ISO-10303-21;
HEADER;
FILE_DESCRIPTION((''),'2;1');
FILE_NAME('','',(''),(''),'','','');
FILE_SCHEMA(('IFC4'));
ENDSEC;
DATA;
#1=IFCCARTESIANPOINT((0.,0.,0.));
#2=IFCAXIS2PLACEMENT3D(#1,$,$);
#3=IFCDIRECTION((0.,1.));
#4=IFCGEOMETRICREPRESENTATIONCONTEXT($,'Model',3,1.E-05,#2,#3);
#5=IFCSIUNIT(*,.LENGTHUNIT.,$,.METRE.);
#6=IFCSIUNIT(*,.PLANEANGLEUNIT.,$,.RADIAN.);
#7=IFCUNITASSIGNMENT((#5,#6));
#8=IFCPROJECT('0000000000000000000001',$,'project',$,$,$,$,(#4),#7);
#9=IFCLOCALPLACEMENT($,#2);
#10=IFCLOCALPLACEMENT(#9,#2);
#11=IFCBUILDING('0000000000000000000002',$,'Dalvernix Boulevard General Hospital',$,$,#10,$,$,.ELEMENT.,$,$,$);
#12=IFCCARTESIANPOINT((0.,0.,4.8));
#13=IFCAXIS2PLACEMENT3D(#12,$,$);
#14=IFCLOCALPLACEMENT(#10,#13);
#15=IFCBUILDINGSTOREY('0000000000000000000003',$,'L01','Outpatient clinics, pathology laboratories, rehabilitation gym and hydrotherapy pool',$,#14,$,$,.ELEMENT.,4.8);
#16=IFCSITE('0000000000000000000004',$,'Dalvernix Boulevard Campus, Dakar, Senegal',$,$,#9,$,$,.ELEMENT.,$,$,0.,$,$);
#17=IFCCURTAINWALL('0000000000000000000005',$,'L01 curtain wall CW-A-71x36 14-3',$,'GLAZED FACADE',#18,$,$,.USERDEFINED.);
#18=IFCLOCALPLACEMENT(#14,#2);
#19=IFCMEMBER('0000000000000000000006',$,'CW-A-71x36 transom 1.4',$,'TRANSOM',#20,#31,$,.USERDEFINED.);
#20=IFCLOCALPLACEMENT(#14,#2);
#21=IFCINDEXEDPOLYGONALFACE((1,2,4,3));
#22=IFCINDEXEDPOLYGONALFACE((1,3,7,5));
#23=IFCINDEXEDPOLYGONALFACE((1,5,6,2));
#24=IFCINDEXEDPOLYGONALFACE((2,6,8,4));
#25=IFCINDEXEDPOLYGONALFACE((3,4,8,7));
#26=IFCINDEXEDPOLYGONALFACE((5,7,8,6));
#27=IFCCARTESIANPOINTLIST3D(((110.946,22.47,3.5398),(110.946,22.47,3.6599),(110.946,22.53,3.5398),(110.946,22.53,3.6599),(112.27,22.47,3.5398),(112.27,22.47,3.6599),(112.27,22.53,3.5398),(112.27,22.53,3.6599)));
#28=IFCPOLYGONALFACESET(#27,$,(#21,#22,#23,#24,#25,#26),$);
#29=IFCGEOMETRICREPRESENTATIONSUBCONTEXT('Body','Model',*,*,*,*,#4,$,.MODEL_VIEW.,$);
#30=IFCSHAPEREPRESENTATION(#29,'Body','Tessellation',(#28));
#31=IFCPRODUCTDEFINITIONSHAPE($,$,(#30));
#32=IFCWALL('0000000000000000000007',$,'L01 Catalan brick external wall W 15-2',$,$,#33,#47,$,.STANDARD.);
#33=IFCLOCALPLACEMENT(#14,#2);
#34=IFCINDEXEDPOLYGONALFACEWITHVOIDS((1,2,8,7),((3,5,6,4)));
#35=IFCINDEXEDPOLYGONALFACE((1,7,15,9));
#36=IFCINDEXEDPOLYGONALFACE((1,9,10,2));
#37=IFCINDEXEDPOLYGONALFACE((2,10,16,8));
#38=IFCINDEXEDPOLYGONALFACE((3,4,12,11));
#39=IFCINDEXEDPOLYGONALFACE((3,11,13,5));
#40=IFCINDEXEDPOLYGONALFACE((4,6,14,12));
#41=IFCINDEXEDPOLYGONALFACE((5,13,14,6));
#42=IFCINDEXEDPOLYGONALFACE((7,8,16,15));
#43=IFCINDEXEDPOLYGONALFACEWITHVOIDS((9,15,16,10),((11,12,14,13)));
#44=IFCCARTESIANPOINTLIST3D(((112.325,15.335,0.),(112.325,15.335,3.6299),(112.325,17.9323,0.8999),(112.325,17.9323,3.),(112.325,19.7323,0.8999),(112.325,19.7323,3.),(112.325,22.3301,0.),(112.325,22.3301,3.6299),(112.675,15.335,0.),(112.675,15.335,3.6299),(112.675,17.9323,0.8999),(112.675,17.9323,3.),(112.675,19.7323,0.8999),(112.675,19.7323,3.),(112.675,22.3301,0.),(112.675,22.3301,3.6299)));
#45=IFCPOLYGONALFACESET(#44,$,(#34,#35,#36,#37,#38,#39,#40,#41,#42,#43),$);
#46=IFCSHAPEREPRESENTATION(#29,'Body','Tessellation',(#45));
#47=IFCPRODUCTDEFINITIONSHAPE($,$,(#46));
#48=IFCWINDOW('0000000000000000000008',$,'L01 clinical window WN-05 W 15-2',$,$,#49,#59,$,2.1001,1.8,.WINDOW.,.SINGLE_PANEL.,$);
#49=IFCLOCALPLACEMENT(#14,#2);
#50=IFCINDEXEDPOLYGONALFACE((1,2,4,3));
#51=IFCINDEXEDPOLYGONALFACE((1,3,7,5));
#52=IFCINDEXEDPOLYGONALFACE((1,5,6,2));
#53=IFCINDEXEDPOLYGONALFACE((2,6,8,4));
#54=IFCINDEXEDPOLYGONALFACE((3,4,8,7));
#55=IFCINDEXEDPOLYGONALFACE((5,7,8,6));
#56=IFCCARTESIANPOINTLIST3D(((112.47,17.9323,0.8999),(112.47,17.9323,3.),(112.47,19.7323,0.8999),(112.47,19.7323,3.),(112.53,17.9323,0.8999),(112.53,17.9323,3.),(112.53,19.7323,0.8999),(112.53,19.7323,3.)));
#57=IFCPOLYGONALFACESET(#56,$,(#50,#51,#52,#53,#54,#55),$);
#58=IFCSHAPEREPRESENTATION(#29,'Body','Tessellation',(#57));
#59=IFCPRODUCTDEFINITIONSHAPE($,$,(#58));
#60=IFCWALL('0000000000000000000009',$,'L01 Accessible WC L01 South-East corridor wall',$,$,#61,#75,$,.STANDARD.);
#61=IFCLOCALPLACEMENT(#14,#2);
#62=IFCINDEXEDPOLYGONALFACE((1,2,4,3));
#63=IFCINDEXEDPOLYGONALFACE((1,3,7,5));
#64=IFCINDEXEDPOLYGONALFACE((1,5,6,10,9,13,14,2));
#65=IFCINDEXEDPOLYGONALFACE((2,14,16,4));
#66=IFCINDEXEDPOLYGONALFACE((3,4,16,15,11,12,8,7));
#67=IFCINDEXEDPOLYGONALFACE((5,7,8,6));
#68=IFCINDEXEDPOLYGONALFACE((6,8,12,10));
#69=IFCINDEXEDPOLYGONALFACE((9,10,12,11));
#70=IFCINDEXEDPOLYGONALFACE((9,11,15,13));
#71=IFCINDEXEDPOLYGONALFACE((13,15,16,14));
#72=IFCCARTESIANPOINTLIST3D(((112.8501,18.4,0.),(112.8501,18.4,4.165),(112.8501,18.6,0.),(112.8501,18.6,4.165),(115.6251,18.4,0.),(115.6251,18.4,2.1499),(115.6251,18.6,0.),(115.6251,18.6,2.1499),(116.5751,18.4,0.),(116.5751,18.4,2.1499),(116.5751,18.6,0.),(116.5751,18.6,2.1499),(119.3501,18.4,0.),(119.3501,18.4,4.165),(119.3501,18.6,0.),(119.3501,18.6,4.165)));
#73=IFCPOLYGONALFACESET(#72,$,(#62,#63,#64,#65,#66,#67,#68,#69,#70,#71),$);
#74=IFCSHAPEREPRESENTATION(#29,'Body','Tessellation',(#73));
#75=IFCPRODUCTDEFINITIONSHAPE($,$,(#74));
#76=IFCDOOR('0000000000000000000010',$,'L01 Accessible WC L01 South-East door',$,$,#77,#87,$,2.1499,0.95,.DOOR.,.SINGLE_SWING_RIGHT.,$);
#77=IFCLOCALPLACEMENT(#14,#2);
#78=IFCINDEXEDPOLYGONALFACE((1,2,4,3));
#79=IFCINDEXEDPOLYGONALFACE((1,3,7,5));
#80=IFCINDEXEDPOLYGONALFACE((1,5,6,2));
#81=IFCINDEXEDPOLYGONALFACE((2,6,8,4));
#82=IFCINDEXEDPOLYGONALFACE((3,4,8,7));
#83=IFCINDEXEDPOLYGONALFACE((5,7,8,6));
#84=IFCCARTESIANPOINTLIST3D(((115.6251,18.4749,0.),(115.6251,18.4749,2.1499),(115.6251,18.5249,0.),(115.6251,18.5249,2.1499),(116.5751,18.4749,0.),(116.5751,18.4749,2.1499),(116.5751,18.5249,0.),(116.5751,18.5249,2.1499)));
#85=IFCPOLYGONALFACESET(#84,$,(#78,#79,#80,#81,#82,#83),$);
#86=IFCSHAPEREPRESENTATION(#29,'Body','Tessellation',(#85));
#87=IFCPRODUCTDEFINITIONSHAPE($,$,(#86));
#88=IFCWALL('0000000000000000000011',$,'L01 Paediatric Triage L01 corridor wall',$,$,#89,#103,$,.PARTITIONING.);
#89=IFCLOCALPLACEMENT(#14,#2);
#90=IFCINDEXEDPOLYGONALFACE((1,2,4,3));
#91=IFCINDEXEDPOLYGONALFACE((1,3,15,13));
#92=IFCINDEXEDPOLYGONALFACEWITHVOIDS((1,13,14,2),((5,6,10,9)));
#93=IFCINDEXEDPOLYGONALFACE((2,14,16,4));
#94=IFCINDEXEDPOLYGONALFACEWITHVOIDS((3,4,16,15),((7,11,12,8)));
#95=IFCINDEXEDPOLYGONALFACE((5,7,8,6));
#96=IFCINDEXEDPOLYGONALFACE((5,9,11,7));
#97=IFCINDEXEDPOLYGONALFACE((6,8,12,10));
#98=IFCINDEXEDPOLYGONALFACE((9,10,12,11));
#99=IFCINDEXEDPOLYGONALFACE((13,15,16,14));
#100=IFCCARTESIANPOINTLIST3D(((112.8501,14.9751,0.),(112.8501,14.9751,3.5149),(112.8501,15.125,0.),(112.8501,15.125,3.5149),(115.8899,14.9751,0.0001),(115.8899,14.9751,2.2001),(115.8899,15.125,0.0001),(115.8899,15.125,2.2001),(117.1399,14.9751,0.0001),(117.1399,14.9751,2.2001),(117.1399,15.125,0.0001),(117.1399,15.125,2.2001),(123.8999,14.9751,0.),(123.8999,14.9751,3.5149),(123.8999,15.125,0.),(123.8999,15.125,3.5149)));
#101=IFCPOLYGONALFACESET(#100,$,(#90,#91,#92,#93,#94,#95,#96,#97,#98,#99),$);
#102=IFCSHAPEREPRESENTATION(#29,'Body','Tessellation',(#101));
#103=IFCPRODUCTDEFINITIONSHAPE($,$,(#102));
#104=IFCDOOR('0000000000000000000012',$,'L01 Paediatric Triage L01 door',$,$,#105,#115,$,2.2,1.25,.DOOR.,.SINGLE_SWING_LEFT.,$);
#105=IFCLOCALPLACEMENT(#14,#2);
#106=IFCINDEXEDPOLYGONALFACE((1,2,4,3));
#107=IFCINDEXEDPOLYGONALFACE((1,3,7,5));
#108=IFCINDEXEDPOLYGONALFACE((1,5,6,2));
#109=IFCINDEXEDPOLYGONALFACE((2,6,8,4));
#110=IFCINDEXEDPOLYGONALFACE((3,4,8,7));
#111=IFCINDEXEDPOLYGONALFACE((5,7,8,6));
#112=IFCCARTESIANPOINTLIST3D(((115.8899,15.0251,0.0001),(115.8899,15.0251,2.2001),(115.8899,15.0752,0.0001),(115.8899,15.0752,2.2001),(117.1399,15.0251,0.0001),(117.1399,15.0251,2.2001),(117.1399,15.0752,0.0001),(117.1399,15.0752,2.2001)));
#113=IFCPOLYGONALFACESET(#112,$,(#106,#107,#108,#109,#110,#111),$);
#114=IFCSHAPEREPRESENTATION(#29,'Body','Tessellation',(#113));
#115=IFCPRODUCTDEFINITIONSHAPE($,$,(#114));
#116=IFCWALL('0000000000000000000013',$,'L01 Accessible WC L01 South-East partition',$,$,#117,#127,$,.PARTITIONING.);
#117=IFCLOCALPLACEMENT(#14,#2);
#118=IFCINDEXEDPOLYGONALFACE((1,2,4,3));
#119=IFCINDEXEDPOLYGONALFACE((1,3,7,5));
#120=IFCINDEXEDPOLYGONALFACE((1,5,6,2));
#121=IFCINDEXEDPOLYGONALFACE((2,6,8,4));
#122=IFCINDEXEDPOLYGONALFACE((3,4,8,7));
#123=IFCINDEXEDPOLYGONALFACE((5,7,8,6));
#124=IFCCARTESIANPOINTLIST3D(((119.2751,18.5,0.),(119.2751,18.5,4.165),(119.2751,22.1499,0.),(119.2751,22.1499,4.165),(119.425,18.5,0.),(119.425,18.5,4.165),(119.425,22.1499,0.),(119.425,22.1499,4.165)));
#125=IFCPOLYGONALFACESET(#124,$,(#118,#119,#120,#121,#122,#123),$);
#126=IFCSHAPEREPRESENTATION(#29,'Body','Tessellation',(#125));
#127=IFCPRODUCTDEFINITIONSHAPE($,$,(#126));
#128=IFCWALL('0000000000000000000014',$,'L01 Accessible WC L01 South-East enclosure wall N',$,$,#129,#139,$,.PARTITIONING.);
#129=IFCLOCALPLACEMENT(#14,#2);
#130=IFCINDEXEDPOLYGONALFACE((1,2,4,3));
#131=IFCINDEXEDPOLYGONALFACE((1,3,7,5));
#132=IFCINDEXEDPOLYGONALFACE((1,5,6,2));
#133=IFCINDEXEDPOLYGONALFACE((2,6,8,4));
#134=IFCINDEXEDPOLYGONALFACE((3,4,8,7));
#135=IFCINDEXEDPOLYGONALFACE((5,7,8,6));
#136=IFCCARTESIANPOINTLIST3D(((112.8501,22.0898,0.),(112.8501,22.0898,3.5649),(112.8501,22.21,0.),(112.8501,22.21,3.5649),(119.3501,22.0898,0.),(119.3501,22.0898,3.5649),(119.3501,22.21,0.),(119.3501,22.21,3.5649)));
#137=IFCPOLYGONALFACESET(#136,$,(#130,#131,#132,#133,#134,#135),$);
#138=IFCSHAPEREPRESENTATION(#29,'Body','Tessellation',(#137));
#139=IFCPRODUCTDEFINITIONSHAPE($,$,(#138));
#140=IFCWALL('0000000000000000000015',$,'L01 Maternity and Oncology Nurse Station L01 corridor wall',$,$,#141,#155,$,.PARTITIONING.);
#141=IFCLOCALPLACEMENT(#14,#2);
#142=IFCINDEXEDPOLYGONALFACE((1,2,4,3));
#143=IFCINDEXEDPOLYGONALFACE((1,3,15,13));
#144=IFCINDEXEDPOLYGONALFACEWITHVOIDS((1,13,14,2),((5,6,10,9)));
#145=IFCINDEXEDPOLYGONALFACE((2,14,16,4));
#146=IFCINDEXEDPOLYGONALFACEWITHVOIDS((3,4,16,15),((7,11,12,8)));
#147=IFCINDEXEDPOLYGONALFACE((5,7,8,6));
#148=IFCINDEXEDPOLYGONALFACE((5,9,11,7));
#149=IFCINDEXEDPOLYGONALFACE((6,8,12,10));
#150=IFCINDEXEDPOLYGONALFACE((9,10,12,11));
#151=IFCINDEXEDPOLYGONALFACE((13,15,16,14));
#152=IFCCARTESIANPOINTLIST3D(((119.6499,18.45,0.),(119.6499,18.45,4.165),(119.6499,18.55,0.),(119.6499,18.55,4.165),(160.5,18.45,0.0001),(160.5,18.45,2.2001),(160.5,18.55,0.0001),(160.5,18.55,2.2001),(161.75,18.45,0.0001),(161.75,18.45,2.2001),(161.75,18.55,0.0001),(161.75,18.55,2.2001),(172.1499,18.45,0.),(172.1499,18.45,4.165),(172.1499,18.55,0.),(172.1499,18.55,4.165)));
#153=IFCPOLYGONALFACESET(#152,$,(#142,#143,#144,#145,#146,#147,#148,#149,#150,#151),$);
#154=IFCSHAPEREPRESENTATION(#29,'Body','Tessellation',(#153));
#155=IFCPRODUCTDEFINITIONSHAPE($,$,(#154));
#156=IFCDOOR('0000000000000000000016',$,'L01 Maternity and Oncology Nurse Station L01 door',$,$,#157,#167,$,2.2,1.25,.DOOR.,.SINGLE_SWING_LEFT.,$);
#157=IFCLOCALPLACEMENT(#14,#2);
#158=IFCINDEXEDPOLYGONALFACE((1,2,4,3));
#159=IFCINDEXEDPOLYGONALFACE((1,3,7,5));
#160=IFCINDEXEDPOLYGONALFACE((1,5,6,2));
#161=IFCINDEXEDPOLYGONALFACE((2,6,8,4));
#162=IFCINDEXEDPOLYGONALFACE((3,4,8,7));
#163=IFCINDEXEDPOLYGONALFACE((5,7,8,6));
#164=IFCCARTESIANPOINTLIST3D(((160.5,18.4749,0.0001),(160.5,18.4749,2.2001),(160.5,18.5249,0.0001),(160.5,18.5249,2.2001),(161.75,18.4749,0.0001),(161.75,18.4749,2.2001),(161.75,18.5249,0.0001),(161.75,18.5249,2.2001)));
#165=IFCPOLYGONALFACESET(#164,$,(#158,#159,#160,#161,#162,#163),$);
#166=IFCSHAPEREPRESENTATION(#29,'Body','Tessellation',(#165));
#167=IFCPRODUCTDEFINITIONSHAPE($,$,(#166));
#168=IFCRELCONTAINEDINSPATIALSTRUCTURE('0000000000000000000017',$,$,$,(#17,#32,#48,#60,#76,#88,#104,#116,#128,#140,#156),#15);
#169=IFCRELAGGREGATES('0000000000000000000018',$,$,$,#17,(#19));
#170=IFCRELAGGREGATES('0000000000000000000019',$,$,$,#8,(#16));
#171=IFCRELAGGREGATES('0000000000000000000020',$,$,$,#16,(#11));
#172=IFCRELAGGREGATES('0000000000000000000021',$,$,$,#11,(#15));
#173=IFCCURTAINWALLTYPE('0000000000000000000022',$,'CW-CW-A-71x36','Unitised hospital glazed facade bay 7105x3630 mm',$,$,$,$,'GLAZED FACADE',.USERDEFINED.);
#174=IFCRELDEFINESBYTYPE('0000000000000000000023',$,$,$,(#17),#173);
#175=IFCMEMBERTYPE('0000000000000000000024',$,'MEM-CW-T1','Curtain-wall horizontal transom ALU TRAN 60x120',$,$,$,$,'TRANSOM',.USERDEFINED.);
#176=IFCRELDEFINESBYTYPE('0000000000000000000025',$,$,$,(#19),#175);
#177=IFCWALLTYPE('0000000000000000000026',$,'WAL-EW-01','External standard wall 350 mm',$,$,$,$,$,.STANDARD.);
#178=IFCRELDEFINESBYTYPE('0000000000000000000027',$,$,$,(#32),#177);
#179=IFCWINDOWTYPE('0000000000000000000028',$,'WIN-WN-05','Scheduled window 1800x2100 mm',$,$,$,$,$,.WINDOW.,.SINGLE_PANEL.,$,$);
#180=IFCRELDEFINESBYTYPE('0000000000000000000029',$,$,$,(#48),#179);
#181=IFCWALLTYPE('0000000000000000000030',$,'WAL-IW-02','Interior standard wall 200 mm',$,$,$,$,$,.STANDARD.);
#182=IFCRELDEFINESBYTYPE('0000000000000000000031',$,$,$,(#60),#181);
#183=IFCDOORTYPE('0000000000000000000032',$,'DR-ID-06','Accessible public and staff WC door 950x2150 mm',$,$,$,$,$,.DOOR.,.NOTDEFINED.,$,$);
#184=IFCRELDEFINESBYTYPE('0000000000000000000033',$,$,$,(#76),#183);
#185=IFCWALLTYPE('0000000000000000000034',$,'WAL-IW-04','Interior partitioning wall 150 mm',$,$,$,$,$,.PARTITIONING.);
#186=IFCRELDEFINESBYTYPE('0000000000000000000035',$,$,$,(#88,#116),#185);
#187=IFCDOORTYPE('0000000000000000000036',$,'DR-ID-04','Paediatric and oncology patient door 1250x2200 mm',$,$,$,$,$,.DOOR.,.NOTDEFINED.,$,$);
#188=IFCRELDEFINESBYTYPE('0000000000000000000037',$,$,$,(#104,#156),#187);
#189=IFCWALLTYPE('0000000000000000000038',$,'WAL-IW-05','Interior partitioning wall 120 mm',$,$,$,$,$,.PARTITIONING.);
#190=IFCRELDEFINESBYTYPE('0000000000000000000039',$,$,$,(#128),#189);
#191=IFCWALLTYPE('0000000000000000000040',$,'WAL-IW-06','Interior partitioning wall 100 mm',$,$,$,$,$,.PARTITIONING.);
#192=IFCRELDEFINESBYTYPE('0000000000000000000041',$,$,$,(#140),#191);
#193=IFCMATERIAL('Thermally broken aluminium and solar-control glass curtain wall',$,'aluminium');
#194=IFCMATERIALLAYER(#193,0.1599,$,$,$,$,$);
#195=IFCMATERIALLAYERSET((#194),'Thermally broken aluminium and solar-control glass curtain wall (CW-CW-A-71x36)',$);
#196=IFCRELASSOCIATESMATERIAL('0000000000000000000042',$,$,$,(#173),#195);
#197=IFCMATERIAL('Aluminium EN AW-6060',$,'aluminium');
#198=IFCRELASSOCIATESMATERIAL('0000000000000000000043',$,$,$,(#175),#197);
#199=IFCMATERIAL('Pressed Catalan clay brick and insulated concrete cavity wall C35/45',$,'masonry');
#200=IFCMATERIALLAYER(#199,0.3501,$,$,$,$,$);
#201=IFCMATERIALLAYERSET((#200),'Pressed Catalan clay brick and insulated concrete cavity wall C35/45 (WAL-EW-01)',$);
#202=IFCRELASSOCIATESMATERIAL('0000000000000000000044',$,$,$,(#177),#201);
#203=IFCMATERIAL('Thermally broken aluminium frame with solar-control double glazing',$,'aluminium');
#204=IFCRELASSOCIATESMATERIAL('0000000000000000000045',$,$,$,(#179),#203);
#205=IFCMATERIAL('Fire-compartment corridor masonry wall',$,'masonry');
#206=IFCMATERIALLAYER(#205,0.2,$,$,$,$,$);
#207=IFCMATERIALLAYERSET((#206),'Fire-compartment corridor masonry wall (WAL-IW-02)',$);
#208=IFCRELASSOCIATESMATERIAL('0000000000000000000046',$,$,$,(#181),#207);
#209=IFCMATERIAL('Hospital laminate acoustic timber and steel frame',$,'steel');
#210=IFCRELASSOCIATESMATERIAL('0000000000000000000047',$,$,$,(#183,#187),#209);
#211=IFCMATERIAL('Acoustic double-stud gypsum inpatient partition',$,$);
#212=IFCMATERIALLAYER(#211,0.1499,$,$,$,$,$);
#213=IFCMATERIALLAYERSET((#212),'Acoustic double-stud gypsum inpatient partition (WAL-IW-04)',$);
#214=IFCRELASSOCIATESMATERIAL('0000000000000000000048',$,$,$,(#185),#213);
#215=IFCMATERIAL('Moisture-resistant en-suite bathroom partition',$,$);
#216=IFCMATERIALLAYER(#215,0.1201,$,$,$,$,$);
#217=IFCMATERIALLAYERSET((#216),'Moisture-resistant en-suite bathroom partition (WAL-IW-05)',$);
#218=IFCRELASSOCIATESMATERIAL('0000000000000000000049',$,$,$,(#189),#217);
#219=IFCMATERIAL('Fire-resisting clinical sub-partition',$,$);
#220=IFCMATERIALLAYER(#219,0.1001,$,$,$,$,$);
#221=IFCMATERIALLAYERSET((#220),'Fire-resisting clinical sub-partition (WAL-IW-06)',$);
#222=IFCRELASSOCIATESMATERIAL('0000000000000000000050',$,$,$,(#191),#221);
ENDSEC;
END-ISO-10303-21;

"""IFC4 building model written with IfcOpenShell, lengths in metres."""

from ifc_helpers import new_model, si_unit, direction, frame, frame_2d, origin, origin_2d, place, context, subcontext, project, spatial, rectangle, extrude, material, layer, layer_set, material_profile, profile_set, type_object, element, fill, aggregate, save


model = new_model("IFC4")

# Units and contexts
model_context = context("Model", 3, precision=1e-05, world=origin(), true_north=direction((0.0, 1.0)))
body_context = subcontext(model_context, "Body", "Model", "MODEL_VIEW")
ifc_project = project(units=[si_unit("LENGTHUNIT", "METRE"), si_unit("PLANEANGLEUNIT", "RADIAN")], contexts=[model_context])

# Site, building, storey
site_placement = place(None, origin())
site = spatial("IfcSite", under=ifc_project, at=site_placement, Name="Dalvernix Boulevard Campus, Dakar, Senegal", CompositionType="ELEMENT", RefElevation=0.0)
building_placement = place(site_placement, origin())
building = spatial("IfcBuilding", under=site, at=building_placement, Name="Dalvernix Boulevard General Hospital", CompositionType="ELEMENT")
storey_placement = place(building_placement, frame((0.0, 0.0, 4.8)))
storey = spatial("IfcBuildingStorey", under=building, at=storey_placement, Name="L01", Description="Outpatient clinics, pathology laboratories, rehabilitation gym and hydrotherapy pool", CompositionType="ELEMENT", Elevation=4.8)

# Curtain wall, member
ifc_material_1 = material(Name="Thermally broken aluminium and solar-control glass curtain wall", Category="aluminium")
ifc_layer_1 = layer(ifc_material_1, 0.1599)
ifc_layer_set_1 = layer_set([ifc_layer_1], Name="Thermally broken aluminium and solar-control glass curtain wall (CW-CW-A-71x36)")
curtain_wall_type = type_object("IfcCurtainWallType", Name="CW-CW-A-71x36", Description="Unitised hospital glazed facade bay 7105x3630 mm", ElementType="GLAZED FACADE", PredefinedType="USERDEFINED", material=ifc_layer_set_1)
curtain_wall_placement = place(storey_placement, origin())
curtain_wall = element("IfcCurtainWall", 1, at=curtain_wall_placement, inside=storey, type_object=curtain_wall_type, Name="L01 curtain wall CW-A-71x36 14-3", ObjectType="GLAZED FACADE", PredefinedType="USERDEFINED")
ifc_material_2 = material(Name="Aluminium EN AW-6060", Category="aluminium")
ifc_material_profile_1 = material_profile(ifc_material_2, rectangle(XDim=0.0601, YDim=0.1201, at=origin_2d()), Name="ALU TRAN 60x120")
ifc_profile_set_1 = profile_set([ifc_material_profile_1], Name="Aluminium EN AW-6060")
member_type_1 = type_object("IfcMemberType", Name="MEM-CW-T1", Description="Curtain-wall horizontal transom ALU TRAN 60x120", ElementType="TRANSOM", PredefinedType="USERDEFINED", material=ifc_profile_set_1)
member_1_placement = place(storey_placement, frame((112.27, 22.5, 3.5999), z_axis=(-1.0, 0.0, 0.0), x_axis=(0.0, -1.0, 0.0)))
member_1 = element("IfcMember", 2, at=member_1_placement, type_object=member_type_1, Name="CW-A-71x36 transom 1.4", ObjectType="TRANSOM", PredefinedType="USERDEFINED", context=body_context, shape_type="SweptSolid", body=[
    extrude(rectangle(XDim=0.0601, YDim=0.1201, at=origin_2d()), origin(), (0.0, 0.0, 1.0), 1.324),
])
aggregate(curtain_wall, [member_1])

# Wall, opening, window
ifc_material_3 = material(Name="Pressed Catalan clay brick and insulated concrete cavity wall C35/45", Category="masonry")
ifc_layer_2 = layer(ifc_material_3, 0.3501)
ifc_layer_set_2 = layer_set([ifc_layer_2], Name="Pressed Catalan clay brick and insulated concrete cavity wall C35/45 (WAL-EW-01)")
wall_type_1 = type_object("IfcWallType", Name="WAL-EW-01", Description="External standard wall 350 mm", PredefinedType="STANDARD", material=ifc_layer_set_2)
wall_1_placement = place(storey_placement, frame((112.5, 15.335, 0.0), z_axis=(0.0, 0.0, 1.0), x_axis=(0.0, 1.0, 0.0)))
wall_1 = element("IfcWall", 3, at=wall_1_placement, inside=storey, type_object=wall_type_1, Name="L01 Catalan brick external wall W 15-2", PredefinedType="STANDARD", context=body_context, shape_type="SweptSolid", body=[
    extrude(rectangle(XDim=6.9951, YDim=0.3501, at=frame_2d((3.4976, 0.0))), origin(), (0.0, 0.0, 1.0), 3.6299),
])
opening_1_placement = place(wall_1_placement, frame((2.5974, 0.0, 0.8999)))
opening_1 = element("IfcOpeningElement", 4, at=opening_1_placement, cuts=wall_1, PredefinedType="OPENING", context=body_context, shape_type="SweptSolid", body=[
    extrude(rectangle(XDim=1.8, YDim=2.1001, at=frame_2d((0.8999, 1.05))), frame((0.0, 0.1851, 0.0), z_axis=(0.0, -1.0, 0.0), x_axis=(1.0, 0.0, 0.0)), (0.0, 0.0, 1.0), 0.3701),
])
ifc_material_4 = material(Name="Thermally broken aluminium frame with solar-control double glazing", Category="aluminium")
window_type = type_object("IfcWindowType", Name="WIN-WN-05", Description="Scheduled window 1800x2100 mm", PartitioningType="SINGLE_PANEL", PredefinedType="WINDOW", material=ifc_material_4)
window_placement = place(opening_1_placement, origin())
window = element("IfcWindow", 5, at=window_placement, inside=storey, type_object=window_type, Name="L01 clinical window WN-05 W 15-2", OverallHeight=2.1001, OverallWidth=1.8, PartitioningType="SINGLE_PANEL", PredefinedType="WINDOW", context=body_context, shape_type="SweptSolid", body=[
    extrude(rectangle(XDim=1.8, YDim=2.1001, at=frame_2d((0.8999, 1.05))), frame((0.0, 0.03, 0.0), z_axis=(0.0, -1.0, 0.0), x_axis=(1.0, 0.0, 0.0)), (0.0, 0.0, 1.0), 0.0601),
])
fill(opening_1, window)

# Walls, openings, doors
ifc_material_5 = material(Name="Fire-compartment corridor masonry wall", Category="masonry")
ifc_layer_3 = layer(ifc_material_5, 0.2)
ifc_layer_set_3 = layer_set([ifc_layer_3], Name="Fire-compartment corridor masonry wall (WAL-IW-02)")
wall_type_2 = type_object("IfcWallType", Name="WAL-IW-02", Description="Interior standard wall 200 mm", PredefinedType="STANDARD", material=ifc_layer_set_3)
wall_2_placement = place(storey_placement, frame((112.8501, 18.5, 0.0), z_axis=(0.0, 0.0, 1.0), x_axis=(1.0, 0.0, 0.0)))
wall_2 = element("IfcWall", 6, at=wall_2_placement, inside=storey, type_object=wall_type_2, Name="L01 Accessible WC L01 South-East corridor wall", PredefinedType="STANDARD", context=body_context, shape_type="SweptSolid", body=[
    extrude(rectangle(XDim=6.5, YDim=0.2, at=frame_2d((3.25, 0.0))), origin(), (0.0, 0.0, 1.0), 4.165),
])
opening_2_placement = place(wall_2_placement, frame((2.7749, 0.0, 0.0)))
opening_2 = element("IfcOpeningElement", 7, at=opening_2_placement, cuts=wall_2, PredefinedType="OPENING", context=body_context, shape_type="SweptSolid", body=[
    extrude(rectangle(XDim=0.95, YDim=2.1499, at=frame_2d((0.4751, 1.075))), frame((0.0, 0.1099, 0.0), z_axis=(0.0, -1.0, 0.0), x_axis=(1.0, 0.0, 0.0)), (0.0, 0.0, 1.0), 0.22),
])
ifc_material_6 = material(Name="Hospital laminate acoustic timber and steel frame", Category="steel")
door_type_1 = type_object("IfcDoorType", Name="DR-ID-06", Description="Accessible public and staff WC door 950x2150 mm", OperationType="NOTDEFINED", PredefinedType="DOOR", material=ifc_material_6)
door_1_placement = place(opening_2_placement, origin())
door_1 = element("IfcDoor", 8, at=door_1_placement, inside=storey, type_object=door_type_1, Name="L01 Accessible WC L01 South-East door", OperationType="SINGLE_SWING_RIGHT", OverallHeight=2.1499, OverallWidth=0.95, PredefinedType="DOOR", context=body_context, shape_type="SweptSolid", body=[
    extrude(rectangle(XDim=0.95, YDim=2.1499, at=frame_2d((0.4751, 1.075))), frame((0.0, 0.0249, 0.0), z_axis=(0.0, -1.0, 0.0), x_axis=(1.0, 0.0, 0.0)), (0.0, 0.0, 1.0), 0.05),
])
fill(opening_2, door_1)
ifc_material_7 = material(Name="Acoustic double-stud gypsum inpatient partition")
ifc_layer_4 = layer(ifc_material_7, 0.1499)
ifc_layer_set_4 = layer_set([ifc_layer_4], Name="Acoustic double-stud gypsum inpatient partition (WAL-IW-04)")
wall_type_3 = type_object("IfcWallType", Name="WAL-IW-04", Description="Interior partitioning wall 150 mm", PredefinedType="PARTITIONING", material=ifc_layer_set_4)
wall_3_placement = place(storey_placement, frame((123.8999, 15.05, 0.0), z_axis=(0.0, 0.0, 1.0), x_axis=(-1.0, 0.0, 0.0)))
wall_3 = element("IfcWall", 9, at=wall_3_placement, inside=storey, type_object=wall_type_3, Name="L01 Paediatric Triage L01 corridor wall", PredefinedType="PARTITIONING", context=body_context, shape_type="SweptSolid", body=[
    extrude(rectangle(XDim=11.0498, YDim=0.1499, at=frame_2d((5.5249, 0.0))), origin(), (0.0, 0.0, 1.0), 3.5149),
])
opening_3_placement = place(wall_3_placement, frame((6.76, 0.0, 0.0)))
opening_3 = element("IfcOpeningElement", 10, at=opening_3_placement, cuts=wall_3, PredefinedType="OPENING", context=body_context, shape_type="SweptSolid", body=[
    extrude(rectangle(XDim=1.25, YDim=2.2, at=frame_2d((0.625, 1.1001))), frame((0.0, 0.085, 0.0), z_axis=(0.0, -1.0, 0.0), x_axis=(1.0, 0.0, 0.0)), (0.0, 0.0, 1.0), 0.1699),
])
door_type_2 = type_object("IfcDoorType", Name="DR-ID-04", Description="Paediatric and oncology patient door 1250x2200 mm", OperationType="NOTDEFINED", PredefinedType="DOOR", material=ifc_material_6)
door_2_placement = place(opening_3_placement, origin())
door_2 = element("IfcDoor", 11, at=door_2_placement, inside=storey, type_object=door_type_2, Name="L01 Paediatric Triage L01 door", OperationType="SINGLE_SWING_LEFT", OverallHeight=2.2, OverallWidth=1.25, PredefinedType="DOOR", context=body_context, shape_type="SweptSolid", body=[
    extrude(rectangle(XDim=1.25, YDim=2.2, at=frame_2d((0.625, 1.1001))), frame((0.0, 0.0249, 0.0), z_axis=(0.0, -1.0, 0.0), x_axis=(1.0, 0.0, 0.0)), (0.0, 0.0, 1.0), 0.05),
])
fill(opening_3, door_2)

# Walls
wall_4_placement = place(storey_placement, frame((119.3501, 18.5, 0.0), z_axis=(0.0, 0.0, 1.0), x_axis=(0.0, 1.0, 0.0)))
element("IfcWall", 12, at=wall_4_placement, inside=storey, type_object=wall_type_3, Name="L01 Accessible WC L01 South-East partition", PredefinedType="PARTITIONING", context=body_context, shape_type="SweptSolid", body=[
    extrude(rectangle(XDim=3.6499, YDim=0.1499, at=frame_2d((1.825, 0.0))), origin(), (0.0, 0.0, 1.0), 4.165),
])
ifc_material_8 = material(Name="Moisture-resistant en-suite bathroom partition")
ifc_layer_5 = layer(ifc_material_8, 0.1201)
ifc_layer_set_5 = layer_set([ifc_layer_5], Name="Moisture-resistant en-suite bathroom partition (WAL-IW-05)")
wall_type_4 = type_object("IfcWallType", Name="WAL-IW-05", Description="Interior partitioning wall 120 mm", PredefinedType="PARTITIONING", material=ifc_layer_set_5)
wall_5_placement = place(storey_placement, frame((112.8501, 22.1499, 0.0), z_axis=(0.0, 0.0, 1.0), x_axis=(1.0, 0.0, 0.0)))
element("IfcWall", 13, at=wall_5_placement, inside=storey, type_object=wall_type_4, Name="L01 Accessible WC L01 South-East enclosure wall N", PredefinedType="PARTITIONING", context=body_context, shape_type="SweptSolid", body=[
    extrude(rectangle(XDim=6.5, YDim=0.1201, at=frame_2d((3.25, 0.0))), origin(), (0.0, 0.0, 1.0), 3.5649),
])

# Wall, opening, door
ifc_material_9 = material(Name="Fire-resisting clinical sub-partition")
ifc_layer_6 = layer(ifc_material_9, 0.1001)
ifc_layer_set_6 = layer_set([ifc_layer_6], Name="Fire-resisting clinical sub-partition (WAL-IW-06)")
wall_type_5 = type_object("IfcWallType", Name="WAL-IW-06", Description="Interior partitioning wall 100 mm", PredefinedType="PARTITIONING", material=ifc_layer_set_6)
wall_6_placement = place(storey_placement, frame((119.6499, 18.5, 0.0), z_axis=(0.0, 0.0, 1.0), x_axis=(1.0, 0.0, 0.0)))
wall_6 = element("IfcWall", 14, at=wall_6_placement, inside=storey, type_object=wall_type_5, Name="L01 Maternity and Oncology Nurse Station L01 corridor wall", PredefinedType="PARTITIONING", context=body_context, shape_type="SweptSolid", body=[
    extrude(rectangle(XDim=52.5, YDim=0.1001, at=frame_2d((26.25, 0.0))), origin(), (0.0, 0.0, 1.0), 4.165),
])
opening_4_placement = place(wall_6_placement, frame((40.8501, 0.0, 0.0)))
opening_4 = element("IfcOpeningElement", 15, at=opening_4_placement, cuts=wall_6, PredefinedType="OPENING", context=body_context, shape_type="SweptSolid", body=[
    extrude(rectangle(XDim=1.25, YDim=2.2, at=frame_2d((0.625, 1.1001))), frame((0.0, 0.0601, 0.0), z_axis=(0.0, -1.0, 0.0), x_axis=(1.0, 0.0, 0.0)), (0.0, 0.0, 1.0), 0.1201),
])
door_3_placement = place(opening_4_placement, origin())
door_3 = element("IfcDoor", 16, at=door_3_placement, inside=storey, type_object=door_type_2, Name="L01 Maternity and Oncology Nurse Station L01 door", OperationType="SINGLE_SWING_LEFT", OverallHeight=2.2, OverallWidth=1.25, PredefinedType="DOOR", context=body_context, shape_type="SweptSolid", body=[
    extrude(rectangle(XDim=1.25, YDim=2.2, at=frame_2d((0.625, 1.1001))), frame((0.0, 0.0249, 0.0), z_axis=(0.0, -1.0, 0.0), x_axis=(1.0, 0.0, 0.0)), (0.0, 0.0, 1.0), 0.05),
])
fill(opening_4, door_3)

save(model, "model.ifc")
